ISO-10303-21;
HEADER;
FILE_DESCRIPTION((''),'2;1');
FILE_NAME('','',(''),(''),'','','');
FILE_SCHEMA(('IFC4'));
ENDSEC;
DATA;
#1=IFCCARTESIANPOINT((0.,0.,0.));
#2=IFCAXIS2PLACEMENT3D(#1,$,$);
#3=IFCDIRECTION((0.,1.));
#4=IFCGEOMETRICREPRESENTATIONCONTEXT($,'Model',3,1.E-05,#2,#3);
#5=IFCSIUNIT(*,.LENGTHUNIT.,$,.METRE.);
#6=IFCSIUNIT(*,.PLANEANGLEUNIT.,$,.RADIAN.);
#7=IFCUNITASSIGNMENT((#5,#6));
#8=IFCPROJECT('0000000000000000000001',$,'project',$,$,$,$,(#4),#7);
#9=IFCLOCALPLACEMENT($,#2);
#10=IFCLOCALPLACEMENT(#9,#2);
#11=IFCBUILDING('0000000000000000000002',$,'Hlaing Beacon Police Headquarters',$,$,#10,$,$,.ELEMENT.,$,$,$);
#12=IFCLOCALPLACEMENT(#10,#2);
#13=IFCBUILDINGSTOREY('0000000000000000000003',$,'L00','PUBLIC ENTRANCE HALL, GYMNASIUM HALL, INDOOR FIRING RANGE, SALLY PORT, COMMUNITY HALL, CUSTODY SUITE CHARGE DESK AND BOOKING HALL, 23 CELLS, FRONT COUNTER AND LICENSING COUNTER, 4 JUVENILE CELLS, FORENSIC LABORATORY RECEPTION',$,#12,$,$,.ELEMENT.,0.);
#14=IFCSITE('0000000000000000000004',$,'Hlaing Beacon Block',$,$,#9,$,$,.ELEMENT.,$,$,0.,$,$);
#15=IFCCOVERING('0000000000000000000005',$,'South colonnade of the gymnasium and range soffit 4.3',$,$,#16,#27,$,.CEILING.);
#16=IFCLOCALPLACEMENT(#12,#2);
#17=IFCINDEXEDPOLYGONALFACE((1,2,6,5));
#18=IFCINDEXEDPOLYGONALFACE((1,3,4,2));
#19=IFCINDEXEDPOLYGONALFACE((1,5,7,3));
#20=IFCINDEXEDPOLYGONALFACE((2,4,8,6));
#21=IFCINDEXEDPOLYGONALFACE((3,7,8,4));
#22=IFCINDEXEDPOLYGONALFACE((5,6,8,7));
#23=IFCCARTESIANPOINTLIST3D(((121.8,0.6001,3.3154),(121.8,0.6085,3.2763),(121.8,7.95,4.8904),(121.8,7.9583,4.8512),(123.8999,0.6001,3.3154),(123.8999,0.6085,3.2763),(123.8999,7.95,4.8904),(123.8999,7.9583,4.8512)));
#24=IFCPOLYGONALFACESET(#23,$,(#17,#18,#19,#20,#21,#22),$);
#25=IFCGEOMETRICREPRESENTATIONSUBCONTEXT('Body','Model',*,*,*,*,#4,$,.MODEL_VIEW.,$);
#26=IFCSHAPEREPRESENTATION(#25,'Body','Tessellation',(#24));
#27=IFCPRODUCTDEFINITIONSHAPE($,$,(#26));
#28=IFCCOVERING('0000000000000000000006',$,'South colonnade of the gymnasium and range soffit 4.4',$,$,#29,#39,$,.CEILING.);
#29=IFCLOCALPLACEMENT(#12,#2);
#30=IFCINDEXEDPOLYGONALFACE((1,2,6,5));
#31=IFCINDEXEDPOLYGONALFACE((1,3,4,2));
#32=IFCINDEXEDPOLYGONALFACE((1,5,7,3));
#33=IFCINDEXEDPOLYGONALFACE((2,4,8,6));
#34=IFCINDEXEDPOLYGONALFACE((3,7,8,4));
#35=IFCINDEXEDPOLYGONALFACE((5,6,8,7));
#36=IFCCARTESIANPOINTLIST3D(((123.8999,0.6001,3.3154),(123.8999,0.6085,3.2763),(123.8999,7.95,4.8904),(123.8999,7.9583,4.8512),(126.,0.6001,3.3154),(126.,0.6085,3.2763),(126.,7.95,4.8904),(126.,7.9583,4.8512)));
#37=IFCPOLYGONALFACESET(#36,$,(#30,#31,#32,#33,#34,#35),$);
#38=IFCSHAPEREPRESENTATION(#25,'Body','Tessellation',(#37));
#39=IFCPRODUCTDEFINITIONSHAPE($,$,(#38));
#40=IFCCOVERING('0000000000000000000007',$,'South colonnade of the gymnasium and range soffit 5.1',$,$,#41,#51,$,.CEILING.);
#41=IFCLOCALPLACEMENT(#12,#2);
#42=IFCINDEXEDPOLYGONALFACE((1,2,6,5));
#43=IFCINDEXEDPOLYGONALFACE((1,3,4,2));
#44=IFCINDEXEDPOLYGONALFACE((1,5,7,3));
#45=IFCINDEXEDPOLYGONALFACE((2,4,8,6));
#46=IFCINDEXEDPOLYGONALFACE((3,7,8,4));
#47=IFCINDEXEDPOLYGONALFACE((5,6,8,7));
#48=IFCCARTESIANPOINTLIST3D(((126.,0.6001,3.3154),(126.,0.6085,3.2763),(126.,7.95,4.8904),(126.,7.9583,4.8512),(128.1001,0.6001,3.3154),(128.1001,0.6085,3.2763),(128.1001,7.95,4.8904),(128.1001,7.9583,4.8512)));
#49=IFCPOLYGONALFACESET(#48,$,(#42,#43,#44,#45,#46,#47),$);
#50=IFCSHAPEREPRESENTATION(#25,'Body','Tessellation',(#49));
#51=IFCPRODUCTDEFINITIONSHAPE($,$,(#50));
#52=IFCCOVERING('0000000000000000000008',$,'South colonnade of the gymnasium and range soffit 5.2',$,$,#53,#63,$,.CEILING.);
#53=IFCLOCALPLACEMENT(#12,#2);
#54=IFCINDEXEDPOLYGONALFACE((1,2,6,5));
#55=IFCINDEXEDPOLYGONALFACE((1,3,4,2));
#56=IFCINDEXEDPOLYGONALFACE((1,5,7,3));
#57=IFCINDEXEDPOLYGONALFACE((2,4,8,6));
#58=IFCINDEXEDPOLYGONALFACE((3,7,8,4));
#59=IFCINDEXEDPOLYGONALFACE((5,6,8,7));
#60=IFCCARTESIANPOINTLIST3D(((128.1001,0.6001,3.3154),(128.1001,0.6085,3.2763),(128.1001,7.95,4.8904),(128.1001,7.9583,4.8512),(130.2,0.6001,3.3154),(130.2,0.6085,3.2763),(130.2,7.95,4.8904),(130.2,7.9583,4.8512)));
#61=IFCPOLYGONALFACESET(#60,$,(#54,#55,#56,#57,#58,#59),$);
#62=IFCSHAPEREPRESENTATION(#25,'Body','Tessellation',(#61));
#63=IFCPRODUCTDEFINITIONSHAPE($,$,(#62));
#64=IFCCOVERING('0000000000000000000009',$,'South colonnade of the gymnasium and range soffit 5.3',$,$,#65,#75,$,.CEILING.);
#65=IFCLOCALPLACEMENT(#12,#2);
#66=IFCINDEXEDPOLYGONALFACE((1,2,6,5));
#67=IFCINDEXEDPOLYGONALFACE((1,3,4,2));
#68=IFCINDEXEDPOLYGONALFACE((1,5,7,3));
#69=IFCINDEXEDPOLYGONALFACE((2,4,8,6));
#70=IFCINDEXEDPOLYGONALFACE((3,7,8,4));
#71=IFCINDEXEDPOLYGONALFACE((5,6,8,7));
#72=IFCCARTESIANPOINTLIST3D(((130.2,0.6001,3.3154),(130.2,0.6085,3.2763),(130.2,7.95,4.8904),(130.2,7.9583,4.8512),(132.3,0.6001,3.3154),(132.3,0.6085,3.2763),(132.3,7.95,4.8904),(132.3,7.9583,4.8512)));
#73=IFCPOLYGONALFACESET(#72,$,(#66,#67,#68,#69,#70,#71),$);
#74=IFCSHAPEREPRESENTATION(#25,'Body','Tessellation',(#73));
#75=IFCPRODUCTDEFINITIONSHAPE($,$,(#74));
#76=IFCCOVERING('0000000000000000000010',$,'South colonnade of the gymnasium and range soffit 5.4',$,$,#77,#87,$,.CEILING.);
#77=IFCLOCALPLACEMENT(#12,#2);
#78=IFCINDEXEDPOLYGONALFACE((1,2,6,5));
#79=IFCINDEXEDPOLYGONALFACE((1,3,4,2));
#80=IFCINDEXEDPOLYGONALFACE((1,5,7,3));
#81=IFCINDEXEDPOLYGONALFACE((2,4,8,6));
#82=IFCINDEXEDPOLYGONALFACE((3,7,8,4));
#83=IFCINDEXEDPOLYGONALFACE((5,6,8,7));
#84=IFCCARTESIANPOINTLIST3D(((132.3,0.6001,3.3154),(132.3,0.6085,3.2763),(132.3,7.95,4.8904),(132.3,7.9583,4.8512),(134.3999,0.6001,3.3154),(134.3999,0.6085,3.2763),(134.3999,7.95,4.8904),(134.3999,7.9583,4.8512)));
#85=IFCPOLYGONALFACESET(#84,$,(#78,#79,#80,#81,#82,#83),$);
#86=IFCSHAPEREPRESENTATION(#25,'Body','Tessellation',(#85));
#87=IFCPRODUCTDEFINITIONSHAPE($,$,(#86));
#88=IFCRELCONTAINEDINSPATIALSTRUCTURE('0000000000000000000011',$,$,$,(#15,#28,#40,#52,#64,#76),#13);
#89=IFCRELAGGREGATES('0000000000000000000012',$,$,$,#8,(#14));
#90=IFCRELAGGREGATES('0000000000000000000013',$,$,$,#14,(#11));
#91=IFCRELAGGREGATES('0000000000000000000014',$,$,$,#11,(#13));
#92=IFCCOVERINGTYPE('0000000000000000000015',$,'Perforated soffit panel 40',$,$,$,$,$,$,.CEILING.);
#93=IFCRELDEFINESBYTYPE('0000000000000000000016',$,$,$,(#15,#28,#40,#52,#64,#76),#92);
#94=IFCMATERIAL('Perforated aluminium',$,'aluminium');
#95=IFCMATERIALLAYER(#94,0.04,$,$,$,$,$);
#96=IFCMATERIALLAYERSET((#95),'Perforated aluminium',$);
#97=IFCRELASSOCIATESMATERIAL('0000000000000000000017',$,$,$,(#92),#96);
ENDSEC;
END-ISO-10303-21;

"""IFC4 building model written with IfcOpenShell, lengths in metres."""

from ifc_helpers import new_model, si_unit, direction, frame, origin, place, context, subcontext, project, spatial, polyline, outline, extrude, material, layer, layer_set, type_object, element, save


model = new_model("IFC4")

# Units and contexts
model_context = context("Model", 3, precision=1e-05, world=origin(), true_north=direction((0.0, 1.0)))
body_context = subcontext(model_context, "Body", "Model", "MODEL_VIEW")
ifc_project = project(units=[si_unit("LENGTHUNIT", "METRE"), si_unit("PLANEANGLEUNIT", "RADIAN")], contexts=[model_context])

# Site, building, storey
site_placement = place(None, origin())
site = spatial("IfcSite", under=ifc_project, at=site_placement, Name="Hlaing Beacon Block", CompositionType="ELEMENT", RefElevation=0.0)
building_placement = place(site_placement, origin())
building = spatial("IfcBuilding", under=site, at=building_placement, Name="Hlaing Beacon Police Headquarters", CompositionType="ELEMENT")
storey_placement = place(building_placement, origin())
storey = spatial("IfcBuildingStorey", under=building, at=storey_placement, Name="L00", Description="PUBLIC ENTRANCE HALL, GYMNASIUM HALL, INDOOR FIRING RANGE, SALLY PORT, COMMUNITY HALL, CUSTODY SUITE CHARGE DESK AND BOOKING HALL, 23 CELLS, FRONT COUNTER AND LICENSING COUNTER, 4 JUVENILE CELLS, FORENSIC LABORATORY RECEPTION", CompositionType="ELEMENT", Elevation=0.0)

# Coverings
ifc_material_1 = material(Name="Perforated aluminium", Category="aluminium")
ifc_layer_1 = layer(ifc_material_1, 0.04)
ifc_layer_set_1 = layer_set([ifc_layer_1], Name="Perforated aluminium")
covering_type_1 = type_object("IfcCoveringType", Name="Perforated soffit panel 40", PredefinedType="CEILING", material=ifc_layer_set_1)
covering_1_placement = place(storey_placement, frame((121.8, 0.6001, 3.3154), z_axis=(0.0, -0.209527, 0.977803), x_axis=(1.0, 0.0, 0.0)))
element("IfcCovering", 1, at=covering_1_placement, inside=storey, type_object=covering_type_1, Name="South colonnade of the gymnasium and range soffit 4.3", PredefinedType="CEILING", context=body_context, shape_type="SweptSolid", body=[
    extrude(outline(polyline([(0.0, 0.0), (2.0999, 0.0), (2.0999, 7.5167), (0.0, 7.5167), (0.0, 0.0)])), origin(), (0.0, 0.0, -1.0), 0.04),
])
for number, where, z_axis, x_axis, name in (
    (2, (123.8999, 0.6001, 3.3154), (0.0, -0.209527, 0.977803), (1.0, 0.0, 0.0), "South colonnade of the gymnasium and range soffit 4.4"),
    (3, (126.0, 0.6001, 3.3154), (0.0, -0.209527, 0.977803), (1.0, 0.0, 0.0), "South colonnade of the gymnasium and range soffit 5.1"),
):
    element("IfcCovering", number, at=place(storey_placement, frame(where, z_axis=z_axis, x_axis=x_axis)), inside=storey, type_object=covering_type_1, Name=name, PredefinedType="CEILING", context=body_context, shape_type="SweptSolid", body=[
        extrude(outline(polyline([(0.0, 0.0), (2.1001, 0.0), (2.1001, 7.5167), (0.0, 7.5167), (0.0, 0.0)])), origin(), (0.0, 0.0, -1.0), 0.04),
    ])
covering_2_placement = place(storey_placement, frame((128.1001, 0.6001, 3.3154), z_axis=(0.0, -0.209527, 0.977803), x_axis=(1.0, 0.0, 0.0)))
element("IfcCovering", 4, at=covering_2_placement, inside=storey, type_object=covering_type_1, Name="South colonnade of the gymnasium and range soffit 5.2", PredefinedType="CEILING", context=body_context, shape_type="SweptSolid", body=[
    extrude(outline(polyline([(0.0, 0.0), (2.0999, 0.0), (2.0999, 7.5167), (0.0, 7.5167), (0.0, 0.0)])), origin(), (0.0, 0.0, -1.0), 0.04),
])
covering_3_placement = place(storey_placement, frame((130.2, 0.6001, 3.3154), z_axis=(0.0, -0.209527, 0.977803), x_axis=(1.0, 0.0, 0.0)))
element("IfcCovering", 5, at=covering_3_placement, inside=storey, type_object=covering_type_1, Name="South colonnade of the gymnasium and range soffit 5.3", PredefinedType="CEILING", context=body_context, shape_type="SweptSolid", body=[
    extrude(outline(polyline([(0.0, 0.0), (2.1001, 0.0), (2.1001, 7.5167), (0.0, 7.5167), (0.0, 0.0)])), origin(), (0.0, 0.0, -1.0), 0.04),
])
covering_4_placement = place(storey_placement, frame((132.3, 0.6001, 3.3154), z_axis=(0.0, -0.209527, 0.977803), x_axis=(1.0, 0.0, 0.0)))
element("IfcCovering", 6, at=covering_4_placement, inside=storey, type_object=covering_type_1, Name="South colonnade of the gymnasium and range soffit 5.4", PredefinedType="CEILING", context=body_context, shape_type="SweptSolid", body=[
    extrude(outline(polyline([(0.0, 0.0), (2.0999, 0.0), (2.0999, 7.5167), (0.0, 7.5167), (0.0, 0.0)])), origin(), (0.0, 0.0, -1.0), 0.04),
])

save(model, "model.ifc")
